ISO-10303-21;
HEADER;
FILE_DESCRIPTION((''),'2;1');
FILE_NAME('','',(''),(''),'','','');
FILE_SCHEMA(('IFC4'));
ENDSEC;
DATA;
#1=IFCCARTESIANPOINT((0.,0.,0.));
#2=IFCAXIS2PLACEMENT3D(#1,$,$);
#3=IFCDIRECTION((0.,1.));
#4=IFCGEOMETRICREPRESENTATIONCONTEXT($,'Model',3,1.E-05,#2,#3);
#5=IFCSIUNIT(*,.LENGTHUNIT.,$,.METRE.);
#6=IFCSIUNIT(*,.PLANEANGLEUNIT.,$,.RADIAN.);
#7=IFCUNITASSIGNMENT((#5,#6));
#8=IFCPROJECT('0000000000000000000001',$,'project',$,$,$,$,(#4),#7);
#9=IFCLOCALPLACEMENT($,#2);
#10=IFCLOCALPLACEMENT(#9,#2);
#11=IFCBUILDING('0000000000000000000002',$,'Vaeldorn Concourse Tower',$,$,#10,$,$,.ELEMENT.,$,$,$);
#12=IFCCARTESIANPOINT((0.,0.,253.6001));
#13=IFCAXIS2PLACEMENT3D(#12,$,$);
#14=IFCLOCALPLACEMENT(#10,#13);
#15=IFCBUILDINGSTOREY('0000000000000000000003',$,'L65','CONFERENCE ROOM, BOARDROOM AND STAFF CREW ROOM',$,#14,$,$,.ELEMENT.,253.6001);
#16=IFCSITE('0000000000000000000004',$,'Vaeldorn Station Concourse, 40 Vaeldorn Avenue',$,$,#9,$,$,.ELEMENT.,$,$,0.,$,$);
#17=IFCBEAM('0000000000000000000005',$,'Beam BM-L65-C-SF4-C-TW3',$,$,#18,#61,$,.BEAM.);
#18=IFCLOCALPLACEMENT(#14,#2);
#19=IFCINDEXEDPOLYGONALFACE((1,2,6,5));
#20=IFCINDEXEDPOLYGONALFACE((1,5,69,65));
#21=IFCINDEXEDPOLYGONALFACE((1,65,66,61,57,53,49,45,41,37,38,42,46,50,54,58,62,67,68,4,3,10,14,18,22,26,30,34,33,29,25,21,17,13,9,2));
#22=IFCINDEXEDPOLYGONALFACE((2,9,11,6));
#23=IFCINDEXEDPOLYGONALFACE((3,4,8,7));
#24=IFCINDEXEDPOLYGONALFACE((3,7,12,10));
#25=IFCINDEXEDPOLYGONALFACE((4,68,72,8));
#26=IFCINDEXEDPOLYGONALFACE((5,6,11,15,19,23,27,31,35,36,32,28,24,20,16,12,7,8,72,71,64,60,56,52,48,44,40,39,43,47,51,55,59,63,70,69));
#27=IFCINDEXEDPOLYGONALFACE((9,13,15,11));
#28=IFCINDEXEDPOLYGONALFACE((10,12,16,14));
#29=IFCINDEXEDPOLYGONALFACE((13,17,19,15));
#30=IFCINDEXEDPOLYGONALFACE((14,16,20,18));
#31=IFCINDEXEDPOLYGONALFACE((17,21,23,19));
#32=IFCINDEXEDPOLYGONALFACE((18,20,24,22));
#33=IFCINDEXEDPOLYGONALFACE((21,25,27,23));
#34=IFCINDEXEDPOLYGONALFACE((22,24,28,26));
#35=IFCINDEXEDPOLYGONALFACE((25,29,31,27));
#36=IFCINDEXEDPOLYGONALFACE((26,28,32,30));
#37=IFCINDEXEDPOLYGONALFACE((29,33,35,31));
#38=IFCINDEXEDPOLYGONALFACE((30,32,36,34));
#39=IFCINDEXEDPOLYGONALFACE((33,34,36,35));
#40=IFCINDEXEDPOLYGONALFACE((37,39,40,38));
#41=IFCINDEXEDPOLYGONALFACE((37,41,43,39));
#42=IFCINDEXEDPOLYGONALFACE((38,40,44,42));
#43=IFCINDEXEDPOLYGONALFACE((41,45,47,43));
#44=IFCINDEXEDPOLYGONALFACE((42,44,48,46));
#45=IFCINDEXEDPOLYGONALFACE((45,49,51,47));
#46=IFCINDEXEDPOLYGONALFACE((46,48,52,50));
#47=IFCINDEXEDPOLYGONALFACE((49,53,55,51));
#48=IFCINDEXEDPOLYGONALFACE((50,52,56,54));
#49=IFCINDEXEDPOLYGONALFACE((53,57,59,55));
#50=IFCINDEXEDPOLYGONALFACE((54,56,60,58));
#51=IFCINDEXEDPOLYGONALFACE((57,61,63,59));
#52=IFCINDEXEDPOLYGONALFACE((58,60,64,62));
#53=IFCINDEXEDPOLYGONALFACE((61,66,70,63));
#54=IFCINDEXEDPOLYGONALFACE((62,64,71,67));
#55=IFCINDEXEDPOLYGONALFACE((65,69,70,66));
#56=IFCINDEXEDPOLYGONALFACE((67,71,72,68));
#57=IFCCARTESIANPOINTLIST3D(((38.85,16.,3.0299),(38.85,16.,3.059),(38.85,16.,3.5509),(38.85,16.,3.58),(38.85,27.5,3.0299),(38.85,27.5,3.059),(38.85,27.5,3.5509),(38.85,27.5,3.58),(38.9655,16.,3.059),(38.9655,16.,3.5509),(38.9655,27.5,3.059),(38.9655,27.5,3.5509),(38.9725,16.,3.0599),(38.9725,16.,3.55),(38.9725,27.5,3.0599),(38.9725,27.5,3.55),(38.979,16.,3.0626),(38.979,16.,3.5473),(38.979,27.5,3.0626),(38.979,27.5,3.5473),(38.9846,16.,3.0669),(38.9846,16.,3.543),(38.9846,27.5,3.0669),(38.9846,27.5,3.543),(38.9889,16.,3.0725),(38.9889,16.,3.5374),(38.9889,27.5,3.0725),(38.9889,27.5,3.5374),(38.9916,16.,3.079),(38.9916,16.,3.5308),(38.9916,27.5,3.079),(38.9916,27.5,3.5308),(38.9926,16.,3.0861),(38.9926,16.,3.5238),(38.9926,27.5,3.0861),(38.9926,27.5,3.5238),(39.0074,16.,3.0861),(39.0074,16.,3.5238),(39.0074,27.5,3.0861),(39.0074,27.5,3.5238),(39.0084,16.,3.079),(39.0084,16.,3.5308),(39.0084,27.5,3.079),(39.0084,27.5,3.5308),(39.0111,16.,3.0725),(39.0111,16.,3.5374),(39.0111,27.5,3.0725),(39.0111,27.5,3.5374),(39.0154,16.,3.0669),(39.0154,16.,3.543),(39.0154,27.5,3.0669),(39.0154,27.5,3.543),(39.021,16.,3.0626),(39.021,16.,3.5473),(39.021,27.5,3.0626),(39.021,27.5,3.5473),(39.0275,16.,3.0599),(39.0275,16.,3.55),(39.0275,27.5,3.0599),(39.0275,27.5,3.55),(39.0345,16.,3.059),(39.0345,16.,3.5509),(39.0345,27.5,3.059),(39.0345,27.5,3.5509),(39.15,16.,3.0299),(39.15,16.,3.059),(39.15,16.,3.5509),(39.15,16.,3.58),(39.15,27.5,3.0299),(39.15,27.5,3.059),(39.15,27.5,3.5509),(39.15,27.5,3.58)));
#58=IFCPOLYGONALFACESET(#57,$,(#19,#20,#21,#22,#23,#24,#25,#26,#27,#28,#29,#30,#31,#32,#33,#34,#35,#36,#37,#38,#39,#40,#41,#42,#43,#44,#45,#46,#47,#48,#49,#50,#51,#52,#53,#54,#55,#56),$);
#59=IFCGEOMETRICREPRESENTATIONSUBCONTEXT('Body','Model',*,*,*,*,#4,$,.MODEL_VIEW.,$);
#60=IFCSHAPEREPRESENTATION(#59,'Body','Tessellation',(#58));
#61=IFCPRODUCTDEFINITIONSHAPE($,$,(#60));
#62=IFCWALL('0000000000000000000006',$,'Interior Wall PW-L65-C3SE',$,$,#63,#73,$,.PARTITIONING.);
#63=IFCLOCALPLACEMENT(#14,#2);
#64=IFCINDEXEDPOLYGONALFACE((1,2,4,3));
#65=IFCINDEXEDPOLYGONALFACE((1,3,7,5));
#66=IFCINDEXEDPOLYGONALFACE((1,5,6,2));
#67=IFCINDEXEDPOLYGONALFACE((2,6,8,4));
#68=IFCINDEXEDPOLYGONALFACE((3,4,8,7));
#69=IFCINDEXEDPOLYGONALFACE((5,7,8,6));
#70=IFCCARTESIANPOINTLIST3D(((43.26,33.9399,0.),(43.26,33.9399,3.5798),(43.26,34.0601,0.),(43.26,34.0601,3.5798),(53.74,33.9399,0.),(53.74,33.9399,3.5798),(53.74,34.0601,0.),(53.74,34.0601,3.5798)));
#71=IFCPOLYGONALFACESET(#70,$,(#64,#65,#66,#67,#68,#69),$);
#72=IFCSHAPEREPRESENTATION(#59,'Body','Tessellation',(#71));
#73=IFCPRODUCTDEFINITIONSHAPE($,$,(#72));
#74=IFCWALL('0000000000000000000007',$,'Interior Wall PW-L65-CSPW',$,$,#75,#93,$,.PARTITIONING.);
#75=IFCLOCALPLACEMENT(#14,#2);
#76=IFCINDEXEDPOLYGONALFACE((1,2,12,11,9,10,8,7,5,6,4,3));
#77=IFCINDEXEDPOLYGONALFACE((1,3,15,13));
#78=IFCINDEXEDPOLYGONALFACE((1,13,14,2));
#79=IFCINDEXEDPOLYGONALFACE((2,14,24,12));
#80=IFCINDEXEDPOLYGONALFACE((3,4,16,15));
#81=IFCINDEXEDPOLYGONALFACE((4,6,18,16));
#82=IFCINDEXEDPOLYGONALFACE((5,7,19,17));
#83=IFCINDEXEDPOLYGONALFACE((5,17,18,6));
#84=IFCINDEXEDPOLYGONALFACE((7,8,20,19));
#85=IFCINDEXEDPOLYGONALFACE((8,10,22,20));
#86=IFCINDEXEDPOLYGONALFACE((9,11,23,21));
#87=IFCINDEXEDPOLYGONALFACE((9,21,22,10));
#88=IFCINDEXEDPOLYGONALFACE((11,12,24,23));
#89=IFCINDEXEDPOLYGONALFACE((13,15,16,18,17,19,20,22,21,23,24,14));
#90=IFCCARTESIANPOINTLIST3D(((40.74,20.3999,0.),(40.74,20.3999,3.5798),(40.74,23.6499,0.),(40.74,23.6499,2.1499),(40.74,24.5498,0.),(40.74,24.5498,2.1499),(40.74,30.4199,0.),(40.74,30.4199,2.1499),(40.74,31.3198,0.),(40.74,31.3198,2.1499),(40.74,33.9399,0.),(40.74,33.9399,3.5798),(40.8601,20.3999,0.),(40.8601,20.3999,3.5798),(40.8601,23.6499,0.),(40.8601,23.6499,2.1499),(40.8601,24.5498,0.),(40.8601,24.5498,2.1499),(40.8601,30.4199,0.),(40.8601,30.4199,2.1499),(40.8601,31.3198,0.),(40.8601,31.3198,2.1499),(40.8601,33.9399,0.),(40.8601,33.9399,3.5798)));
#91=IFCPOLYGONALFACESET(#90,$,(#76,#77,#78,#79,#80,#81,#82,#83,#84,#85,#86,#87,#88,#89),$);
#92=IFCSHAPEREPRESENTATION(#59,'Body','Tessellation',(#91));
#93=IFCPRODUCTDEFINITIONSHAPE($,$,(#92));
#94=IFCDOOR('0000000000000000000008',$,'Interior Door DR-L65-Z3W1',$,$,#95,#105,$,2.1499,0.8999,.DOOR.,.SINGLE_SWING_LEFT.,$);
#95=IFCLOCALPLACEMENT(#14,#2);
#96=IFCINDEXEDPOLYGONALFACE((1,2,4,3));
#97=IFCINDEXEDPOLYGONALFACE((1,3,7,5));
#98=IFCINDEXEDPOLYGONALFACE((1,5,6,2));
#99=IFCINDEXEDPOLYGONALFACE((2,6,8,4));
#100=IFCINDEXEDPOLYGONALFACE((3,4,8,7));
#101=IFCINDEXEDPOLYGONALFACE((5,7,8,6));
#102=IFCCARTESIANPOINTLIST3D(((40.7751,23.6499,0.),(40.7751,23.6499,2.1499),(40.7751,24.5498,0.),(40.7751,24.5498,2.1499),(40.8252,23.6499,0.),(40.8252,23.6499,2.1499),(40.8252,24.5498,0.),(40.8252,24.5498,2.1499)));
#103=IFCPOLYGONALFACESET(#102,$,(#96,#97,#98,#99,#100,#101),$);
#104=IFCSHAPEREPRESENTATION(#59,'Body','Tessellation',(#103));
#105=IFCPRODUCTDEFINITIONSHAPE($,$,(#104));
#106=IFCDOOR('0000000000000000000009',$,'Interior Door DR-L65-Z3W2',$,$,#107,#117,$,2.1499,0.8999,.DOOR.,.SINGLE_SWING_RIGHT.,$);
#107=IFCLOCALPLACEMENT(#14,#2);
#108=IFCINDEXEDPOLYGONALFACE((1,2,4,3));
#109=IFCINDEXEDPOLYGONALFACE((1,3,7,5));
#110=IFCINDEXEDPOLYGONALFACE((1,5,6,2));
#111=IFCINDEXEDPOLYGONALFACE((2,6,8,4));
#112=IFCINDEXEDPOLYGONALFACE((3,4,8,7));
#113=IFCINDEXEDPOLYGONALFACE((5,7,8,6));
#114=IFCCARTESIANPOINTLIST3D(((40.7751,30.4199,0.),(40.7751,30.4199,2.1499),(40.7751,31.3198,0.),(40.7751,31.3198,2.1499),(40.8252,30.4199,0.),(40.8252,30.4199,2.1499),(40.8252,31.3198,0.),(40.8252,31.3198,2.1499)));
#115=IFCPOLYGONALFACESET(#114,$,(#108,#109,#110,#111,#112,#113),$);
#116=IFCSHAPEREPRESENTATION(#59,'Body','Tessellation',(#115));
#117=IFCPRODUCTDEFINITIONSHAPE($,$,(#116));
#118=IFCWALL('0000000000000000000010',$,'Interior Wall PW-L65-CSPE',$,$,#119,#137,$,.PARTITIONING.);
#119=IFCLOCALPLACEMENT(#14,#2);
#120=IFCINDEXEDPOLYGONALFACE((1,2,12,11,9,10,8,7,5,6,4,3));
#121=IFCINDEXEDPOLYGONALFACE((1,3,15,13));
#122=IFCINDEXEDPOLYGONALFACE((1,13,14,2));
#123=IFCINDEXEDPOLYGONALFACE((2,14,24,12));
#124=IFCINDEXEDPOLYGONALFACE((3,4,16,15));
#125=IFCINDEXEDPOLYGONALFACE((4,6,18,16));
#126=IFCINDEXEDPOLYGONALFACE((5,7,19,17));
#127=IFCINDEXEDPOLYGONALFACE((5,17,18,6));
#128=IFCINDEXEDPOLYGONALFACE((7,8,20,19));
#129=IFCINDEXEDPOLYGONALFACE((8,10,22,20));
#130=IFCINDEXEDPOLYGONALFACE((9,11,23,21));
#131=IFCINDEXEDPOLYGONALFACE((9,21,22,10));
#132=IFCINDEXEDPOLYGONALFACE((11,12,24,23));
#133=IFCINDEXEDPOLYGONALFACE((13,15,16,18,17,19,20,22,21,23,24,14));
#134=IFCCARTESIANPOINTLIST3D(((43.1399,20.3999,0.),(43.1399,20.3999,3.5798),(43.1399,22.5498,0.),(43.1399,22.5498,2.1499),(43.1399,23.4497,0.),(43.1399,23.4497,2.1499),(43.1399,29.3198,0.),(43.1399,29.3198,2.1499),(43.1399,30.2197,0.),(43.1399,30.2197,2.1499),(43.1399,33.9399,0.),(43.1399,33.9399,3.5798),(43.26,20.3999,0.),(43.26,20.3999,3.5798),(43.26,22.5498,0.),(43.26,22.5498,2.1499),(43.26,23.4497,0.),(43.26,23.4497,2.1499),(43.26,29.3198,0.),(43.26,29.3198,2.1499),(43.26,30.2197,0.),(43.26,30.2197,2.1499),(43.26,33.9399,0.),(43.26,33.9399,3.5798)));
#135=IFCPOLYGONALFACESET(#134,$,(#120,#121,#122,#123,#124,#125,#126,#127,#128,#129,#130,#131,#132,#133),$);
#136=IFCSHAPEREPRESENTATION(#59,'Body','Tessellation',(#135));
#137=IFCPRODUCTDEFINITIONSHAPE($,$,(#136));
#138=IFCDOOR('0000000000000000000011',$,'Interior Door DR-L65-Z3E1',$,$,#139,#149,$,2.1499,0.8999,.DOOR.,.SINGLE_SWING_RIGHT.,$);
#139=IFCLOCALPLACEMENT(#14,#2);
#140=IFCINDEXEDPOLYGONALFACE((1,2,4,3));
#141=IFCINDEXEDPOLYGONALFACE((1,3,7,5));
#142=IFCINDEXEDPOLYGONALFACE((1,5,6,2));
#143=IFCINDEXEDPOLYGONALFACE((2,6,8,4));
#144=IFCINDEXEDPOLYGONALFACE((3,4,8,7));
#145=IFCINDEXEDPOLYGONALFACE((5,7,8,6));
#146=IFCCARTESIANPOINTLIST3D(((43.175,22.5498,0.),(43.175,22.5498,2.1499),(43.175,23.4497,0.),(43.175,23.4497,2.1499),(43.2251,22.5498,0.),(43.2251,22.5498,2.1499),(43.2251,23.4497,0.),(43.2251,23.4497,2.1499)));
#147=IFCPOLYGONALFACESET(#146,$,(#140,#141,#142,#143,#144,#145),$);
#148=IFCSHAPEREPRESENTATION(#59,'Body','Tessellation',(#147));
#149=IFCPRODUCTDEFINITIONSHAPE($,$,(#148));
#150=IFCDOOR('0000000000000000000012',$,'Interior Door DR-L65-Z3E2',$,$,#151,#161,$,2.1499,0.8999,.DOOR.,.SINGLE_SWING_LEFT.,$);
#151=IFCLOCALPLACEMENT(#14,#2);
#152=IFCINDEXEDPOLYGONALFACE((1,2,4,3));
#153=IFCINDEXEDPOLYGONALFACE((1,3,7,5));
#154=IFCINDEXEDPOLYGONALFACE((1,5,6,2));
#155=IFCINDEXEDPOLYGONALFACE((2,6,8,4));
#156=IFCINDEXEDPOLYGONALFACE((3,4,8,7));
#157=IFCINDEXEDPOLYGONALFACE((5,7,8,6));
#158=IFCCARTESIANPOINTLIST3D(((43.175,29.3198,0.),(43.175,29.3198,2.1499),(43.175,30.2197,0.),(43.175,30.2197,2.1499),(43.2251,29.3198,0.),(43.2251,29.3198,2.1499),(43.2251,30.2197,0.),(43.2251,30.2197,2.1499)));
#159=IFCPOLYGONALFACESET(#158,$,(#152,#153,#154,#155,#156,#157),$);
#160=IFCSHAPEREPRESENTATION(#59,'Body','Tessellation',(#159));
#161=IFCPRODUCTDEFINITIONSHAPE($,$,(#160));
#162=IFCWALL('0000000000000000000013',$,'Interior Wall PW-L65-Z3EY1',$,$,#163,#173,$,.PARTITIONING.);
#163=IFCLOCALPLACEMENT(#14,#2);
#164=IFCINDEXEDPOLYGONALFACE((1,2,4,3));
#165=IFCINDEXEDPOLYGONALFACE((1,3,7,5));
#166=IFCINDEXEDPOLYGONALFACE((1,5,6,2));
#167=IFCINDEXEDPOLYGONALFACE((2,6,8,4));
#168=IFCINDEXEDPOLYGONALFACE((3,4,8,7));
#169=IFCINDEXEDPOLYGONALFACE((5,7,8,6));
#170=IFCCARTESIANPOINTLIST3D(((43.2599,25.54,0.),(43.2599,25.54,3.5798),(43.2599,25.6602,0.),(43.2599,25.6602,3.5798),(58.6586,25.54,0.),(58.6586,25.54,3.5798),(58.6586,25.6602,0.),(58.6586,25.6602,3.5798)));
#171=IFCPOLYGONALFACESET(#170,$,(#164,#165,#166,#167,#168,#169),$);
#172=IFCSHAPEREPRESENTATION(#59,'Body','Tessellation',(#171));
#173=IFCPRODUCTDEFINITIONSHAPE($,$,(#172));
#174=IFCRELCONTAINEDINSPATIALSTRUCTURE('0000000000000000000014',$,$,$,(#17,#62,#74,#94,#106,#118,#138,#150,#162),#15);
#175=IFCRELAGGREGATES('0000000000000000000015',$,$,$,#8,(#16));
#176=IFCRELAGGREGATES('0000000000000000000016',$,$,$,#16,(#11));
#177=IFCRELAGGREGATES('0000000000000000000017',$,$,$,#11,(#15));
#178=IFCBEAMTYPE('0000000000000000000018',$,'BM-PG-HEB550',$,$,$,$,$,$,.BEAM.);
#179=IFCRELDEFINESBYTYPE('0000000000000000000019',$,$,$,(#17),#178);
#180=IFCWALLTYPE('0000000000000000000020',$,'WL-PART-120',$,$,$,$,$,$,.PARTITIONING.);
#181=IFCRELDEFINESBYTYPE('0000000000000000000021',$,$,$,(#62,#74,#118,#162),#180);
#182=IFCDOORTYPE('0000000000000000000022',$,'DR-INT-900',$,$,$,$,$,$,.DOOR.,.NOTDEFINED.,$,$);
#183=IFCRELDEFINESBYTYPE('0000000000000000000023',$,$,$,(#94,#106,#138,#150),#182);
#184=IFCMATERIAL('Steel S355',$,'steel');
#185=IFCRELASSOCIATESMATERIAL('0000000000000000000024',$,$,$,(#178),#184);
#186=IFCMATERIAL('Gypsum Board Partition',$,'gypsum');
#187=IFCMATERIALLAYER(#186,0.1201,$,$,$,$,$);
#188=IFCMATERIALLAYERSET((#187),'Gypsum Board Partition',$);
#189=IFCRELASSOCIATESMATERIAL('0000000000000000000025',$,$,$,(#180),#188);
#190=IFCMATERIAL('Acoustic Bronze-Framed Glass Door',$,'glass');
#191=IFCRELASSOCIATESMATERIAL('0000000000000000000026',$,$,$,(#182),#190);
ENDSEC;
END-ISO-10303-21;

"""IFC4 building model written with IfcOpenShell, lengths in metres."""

from ifc_helpers import new_model, si_unit, direction, frame, frame_2d, origin, origin_2d, place, context, subcontext, project, spatial, rectangle, i_section, extrude, source, transform, mapped, material, layer, layer_set, material_profile, profile_set, type_object, element, fill, save


model = new_model("IFC4")

# Units and contexts
model_context = context("Model", 3, precision=1e-05, world=origin(), true_north=direction((0.0, 1.0)))
body_context = subcontext(model_context, "Body", "Model", "MODEL_VIEW")
ifc_project = project(units=[si_unit("LENGTHUNIT", "METRE"), si_unit("PLANEANGLEUNIT", "RADIAN")], contexts=[model_context])

# Site, building, storey
site_placement = place(None, origin())
site = spatial("IfcSite", under=ifc_project, at=site_placement, Name="Vaeldorn Station Concourse, 40 Vaeldorn Avenue", CompositionType="ELEMENT", RefElevation=0.0)
building_placement = place(site_placement, origin())
building = spatial("IfcBuilding", under=site, at=building_placement, Name="Vaeldorn Concourse Tower", CompositionType="ELEMENT")
storey_placement = place(building_placement, frame((0.0, 0.0, 253.6001)))
storey = spatial("IfcBuildingStorey", under=building, at=storey_placement, Name="L65", Description="CONFERENCE ROOM, BOARDROOM AND STAFF CREW ROOM", CompositionType="ELEMENT", Elevation=253.6001)

# Shared definitions
ifc_material_1 = material(Name="Steel S355", Category="steel")

# Beam
ifc_material_profile_1 = material_profile(ifc_material_1, i_section(OverallWidth=0.3, OverallDepth=0.55, WebThickness=0.0149, FlangeThickness=0.0291, FilletRadius=0.0271, at=origin_2d()), Name="HEB 550")
ifc_profile_set_1 = profile_set([ifc_material_profile_1], Name="Steel S355")
beam_type_1 = type_object("IfcBeamType", Name="BM-PG-HEB550", PredefinedType="BEAM", material=ifc_profile_set_1)
shared_shape_1 = source(origin(), body_context, "Body", "SweptSolid", [
    extrude(i_section(OverallWidth=0.3, OverallDepth=0.55, WebThickness=0.0149, FlangeThickness=0.0291, FilletRadius=0.0271, at=origin_2d()), origin(), (0.0, 0.0, 1.0), 11.5),
])
beam_1_placement = place(storey_placement, frame((39.0, 16.0, 3.3049), z_axis=(0.0, 1.0, 0.0), x_axis=(-1.0, 0.0, 0.0)))
element("IfcBeam", 1, at=beam_1_placement, inside=storey, type_object=beam_type_1, Name="Beam BM-L65-C-SF4-C-TW3", PredefinedType="BEAM", context=body_context, shape_type="MappedRepresentation", body=[
    mapped(shared_shape_1, transform((0.0, 0.0, 0.0), scale=1.0)),
])

# Wall
ifc_material_2 = material(Name="Gypsum Board Partition", Category="gypsum")
ifc_layer = layer(ifc_material_2, 0.1201)
ifc_layer_set = layer_set([ifc_layer], Name="Gypsum Board Partition")
wall_type = type_object("IfcWallType", Name="WL-PART-120", PredefinedType="PARTITIONING", material=ifc_layer_set)
wall_1_placement = place(storey_placement, frame((43.26, 34.0, 0.0), z_axis=(0.0, 0.0, 1.0), x_axis=(1.0, 0.0, 0.0)))
element("IfcWall", 2, at=wall_1_placement, inside=storey, type_object=wall_type, Name="Interior Wall PW-L65-C3SE", PredefinedType="PARTITIONING", context=body_context, shape_type="SweptSolid", body=[
    extrude(rectangle(XDim=10.48, YDim=0.1201, at=frame_2d((5.24, 0.0))), origin(), (0.0, 0.0, 1.0), 3.5798),
])

# Walls, openings, doors
wall_2_placement = place(storey_placement, frame((40.8, 20.3999, 0.0), z_axis=(0.0, 0.0, 1.0), x_axis=(0.0, 1.0, 0.0)))
wall_2 = element("IfcWall", 3, at=wall_2_placement, inside=storey, type_object=wall_type, Name="Interior Wall PW-L65-CSPW", PredefinedType="PARTITIONING", context=body_context, shape_type="SweptSolid", body=[
    extrude(rectangle(XDim=13.54, YDim=0.1201, at=frame_2d((6.77, 0.0))), origin(), (0.0, 0.0, 1.0), 3.5798),
])
opening_1_placement = place(wall_2_placement, frame((3.25, 0.0, 0.0)))
opening_1 = element("IfcOpeningElement", 4, at=opening_1_placement, cuts=wall_2, PredefinedType="OPENING", context=body_context, shape_type="SweptSolid", body=[
    extrude(rectangle(XDim=0.8999, YDim=2.1499, at=frame_2d((0.45, 1.075))), frame((0.0, 0.0701, 0.0), z_axis=(0.0, -1.0, 0.0), x_axis=(1.0, 0.0, 0.0)), (0.0, 0.0, 1.0), 0.1401),
])
opening_2_placement = place(wall_2_placement, frame((10.02, 0.0, 0.0)))
opening_2 = element("IfcOpeningElement", 5, at=opening_2_placement, cuts=wall_2, PredefinedType="OPENING", context=body_context, shape_type="SweptSolid", body=[
    extrude(rectangle(XDim=0.8999, YDim=2.1499, at=frame_2d((0.45, 1.075))), frame((0.0, 0.0701, 0.0), z_axis=(0.0, -1.0, 0.0), x_axis=(1.0, 0.0, 0.0)), (0.0, 0.0, 1.0), 0.1401),
])
ifc_material_3 = material(Name="Acoustic Bronze-Framed Glass Door", Category="glass")
door_type = type_object("IfcDoorType", Name="DR-INT-900", OperationType="NOTDEFINED", PredefinedType="DOOR", material=ifc_material_3)
shared_shape_2 = source(origin(), body_context, "Body", "SweptSolid", [
    extrude(rectangle(XDim=0.8999, YDim=2.1499, at=frame_2d((0.45, 1.075))), frame((0.0, 0.0249, 0.0), z_axis=(0.0, -1.0, 0.0), x_axis=(1.0, 0.0, 0.0)), (0.0, 0.0, 1.0), 0.05),
])
door_1_placement = place(opening_1_placement, origin())
door_1 = element("IfcDoor", 6, at=door_1_placement, inside=storey, type_object=door_type, Name="Interior Door DR-L65-Z3W1", OperationType="SINGLE_SWING_LEFT", OverallHeight=2.1499, OverallWidth=0.8999, PredefinedType="DOOR", context=body_context, shape_type="MappedRepresentation", body=[
    mapped(shared_shape_2, transform((0.0, 0.0, 0.0), scale=1.0)),
])
fill(opening_1, door_1)
door_2_placement = place(opening_2_placement, origin())
door_2 = element("IfcDoor", 7, at=door_2_placement, inside=storey, type_object=door_type, Name="Interior Door DR-L65-Z3W2", OperationType="SINGLE_SWING_RIGHT", OverallHeight=2.1499, OverallWidth=0.8999, PredefinedType="DOOR", context=body_context, shape_type="MappedRepresentation", body=[
    mapped(shared_shape_2, transform((0.0, 0.0, 0.0), scale=1.0)),
])
fill(opening_2, door_2)
wall_3_placement = place(storey_placement, frame((43.2, 20.3999, 0.0), z_axis=(0.0, 0.0, 1.0), x_axis=(0.0, 1.0, 0.0)))
wall_3 = element("IfcWall", 8, at=wall_3_placement, inside=storey, type_object=wall_type, Name="Interior Wall PW-L65-CSPE", PredefinedType="PARTITIONING", context=body_context, shape_type="SweptSolid", body=[
    extrude(rectangle(XDim=13.54, YDim=0.1201, at=frame_2d((6.77, 0.0))), origin(), (0.0, 0.0, 1.0), 3.5798),
])
opening_3_placement = place(wall_3_placement, frame((2.1499, 0.0, 0.0)))
opening_3 = element("IfcOpeningElement", 9, at=opening_3_placement, cuts=wall_3, PredefinedType="OPENING", context=body_context, shape_type="SweptSolid", body=[
    extrude(rectangle(XDim=0.8999, YDim=2.1499, at=frame_2d((0.45, 1.075))), frame((0.0, 0.0701, 0.0), z_axis=(0.0, -1.0, 0.0), x_axis=(1.0, 0.0, 0.0)), (0.0, 0.0, 1.0), 0.1401),
])
opening_4_placement = place(wall_3_placement, frame((8.9199, 0.0, 0.0)))
opening_4 = element("IfcOpeningElement", 10, at=opening_4_placement, cuts=wall_3, PredefinedType="OPENING", context=body_context, shape_type="SweptSolid", body=[
    extrude(rectangle(XDim=0.8999, YDim=2.1499, at=frame_2d((0.45, 1.075))), frame((0.0, 0.0701, 0.0), z_axis=(0.0, -1.0, 0.0), x_axis=(1.0, 0.0, 0.0)), (0.0, 0.0, 1.0), 0.1401),
])
door_3_placement = place(opening_3_placement, origin())
door_3 = element("IfcDoor", 11, at=door_3_placement, inside=storey, type_object=door_type, Name="Interior Door DR-L65-Z3E1", OperationType="SINGLE_SWING_RIGHT", OverallHeight=2.1499, OverallWidth=0.8999, PredefinedType="DOOR", context=body_context, shape_type="MappedRepresentation", body=[
    mapped(shared_shape_2, transform((0.0, 0.0, 0.0), scale=1.0)),
])
fill(opening_3, door_3)
door_4_placement = place(opening_4_placement, origin())
door_4 = element("IfcDoor", 12, at=door_4_placement, inside=storey, type_object=door_type, Name="Interior Door DR-L65-Z3E2", OperationType="SINGLE_SWING_LEFT", OverallHeight=2.1499, OverallWidth=0.8999, PredefinedType="DOOR", context=body_context, shape_type="MappedRepresentation", body=[
    mapped(shared_shape_2, transform((0.0, 0.0, 0.0), scale=1.0)),
])
fill(opening_4, door_4)

# Wall
wall_4_placement = place(storey_placement, frame((43.26, 25.6001, 0.0), z_axis=(0.0, 0.0, 1.0), x_axis=(1.0, 0.0, 0.0)))
element("IfcWall", 13, at=wall_4_placement, inside=storey, type_object=wall_type, Name="Interior Wall PW-L65-Z3EY1", PredefinedType="PARTITIONING", context=body_context, shape_type="SweptSolid", body=[
    extrude(rectangle(XDim=15.3987, YDim=0.1201, at=frame_2d((7.6992, 0.0))), origin(), (0.0, 0.0, 1.0), 3.5798),
])

save(model, "model.ifc")
